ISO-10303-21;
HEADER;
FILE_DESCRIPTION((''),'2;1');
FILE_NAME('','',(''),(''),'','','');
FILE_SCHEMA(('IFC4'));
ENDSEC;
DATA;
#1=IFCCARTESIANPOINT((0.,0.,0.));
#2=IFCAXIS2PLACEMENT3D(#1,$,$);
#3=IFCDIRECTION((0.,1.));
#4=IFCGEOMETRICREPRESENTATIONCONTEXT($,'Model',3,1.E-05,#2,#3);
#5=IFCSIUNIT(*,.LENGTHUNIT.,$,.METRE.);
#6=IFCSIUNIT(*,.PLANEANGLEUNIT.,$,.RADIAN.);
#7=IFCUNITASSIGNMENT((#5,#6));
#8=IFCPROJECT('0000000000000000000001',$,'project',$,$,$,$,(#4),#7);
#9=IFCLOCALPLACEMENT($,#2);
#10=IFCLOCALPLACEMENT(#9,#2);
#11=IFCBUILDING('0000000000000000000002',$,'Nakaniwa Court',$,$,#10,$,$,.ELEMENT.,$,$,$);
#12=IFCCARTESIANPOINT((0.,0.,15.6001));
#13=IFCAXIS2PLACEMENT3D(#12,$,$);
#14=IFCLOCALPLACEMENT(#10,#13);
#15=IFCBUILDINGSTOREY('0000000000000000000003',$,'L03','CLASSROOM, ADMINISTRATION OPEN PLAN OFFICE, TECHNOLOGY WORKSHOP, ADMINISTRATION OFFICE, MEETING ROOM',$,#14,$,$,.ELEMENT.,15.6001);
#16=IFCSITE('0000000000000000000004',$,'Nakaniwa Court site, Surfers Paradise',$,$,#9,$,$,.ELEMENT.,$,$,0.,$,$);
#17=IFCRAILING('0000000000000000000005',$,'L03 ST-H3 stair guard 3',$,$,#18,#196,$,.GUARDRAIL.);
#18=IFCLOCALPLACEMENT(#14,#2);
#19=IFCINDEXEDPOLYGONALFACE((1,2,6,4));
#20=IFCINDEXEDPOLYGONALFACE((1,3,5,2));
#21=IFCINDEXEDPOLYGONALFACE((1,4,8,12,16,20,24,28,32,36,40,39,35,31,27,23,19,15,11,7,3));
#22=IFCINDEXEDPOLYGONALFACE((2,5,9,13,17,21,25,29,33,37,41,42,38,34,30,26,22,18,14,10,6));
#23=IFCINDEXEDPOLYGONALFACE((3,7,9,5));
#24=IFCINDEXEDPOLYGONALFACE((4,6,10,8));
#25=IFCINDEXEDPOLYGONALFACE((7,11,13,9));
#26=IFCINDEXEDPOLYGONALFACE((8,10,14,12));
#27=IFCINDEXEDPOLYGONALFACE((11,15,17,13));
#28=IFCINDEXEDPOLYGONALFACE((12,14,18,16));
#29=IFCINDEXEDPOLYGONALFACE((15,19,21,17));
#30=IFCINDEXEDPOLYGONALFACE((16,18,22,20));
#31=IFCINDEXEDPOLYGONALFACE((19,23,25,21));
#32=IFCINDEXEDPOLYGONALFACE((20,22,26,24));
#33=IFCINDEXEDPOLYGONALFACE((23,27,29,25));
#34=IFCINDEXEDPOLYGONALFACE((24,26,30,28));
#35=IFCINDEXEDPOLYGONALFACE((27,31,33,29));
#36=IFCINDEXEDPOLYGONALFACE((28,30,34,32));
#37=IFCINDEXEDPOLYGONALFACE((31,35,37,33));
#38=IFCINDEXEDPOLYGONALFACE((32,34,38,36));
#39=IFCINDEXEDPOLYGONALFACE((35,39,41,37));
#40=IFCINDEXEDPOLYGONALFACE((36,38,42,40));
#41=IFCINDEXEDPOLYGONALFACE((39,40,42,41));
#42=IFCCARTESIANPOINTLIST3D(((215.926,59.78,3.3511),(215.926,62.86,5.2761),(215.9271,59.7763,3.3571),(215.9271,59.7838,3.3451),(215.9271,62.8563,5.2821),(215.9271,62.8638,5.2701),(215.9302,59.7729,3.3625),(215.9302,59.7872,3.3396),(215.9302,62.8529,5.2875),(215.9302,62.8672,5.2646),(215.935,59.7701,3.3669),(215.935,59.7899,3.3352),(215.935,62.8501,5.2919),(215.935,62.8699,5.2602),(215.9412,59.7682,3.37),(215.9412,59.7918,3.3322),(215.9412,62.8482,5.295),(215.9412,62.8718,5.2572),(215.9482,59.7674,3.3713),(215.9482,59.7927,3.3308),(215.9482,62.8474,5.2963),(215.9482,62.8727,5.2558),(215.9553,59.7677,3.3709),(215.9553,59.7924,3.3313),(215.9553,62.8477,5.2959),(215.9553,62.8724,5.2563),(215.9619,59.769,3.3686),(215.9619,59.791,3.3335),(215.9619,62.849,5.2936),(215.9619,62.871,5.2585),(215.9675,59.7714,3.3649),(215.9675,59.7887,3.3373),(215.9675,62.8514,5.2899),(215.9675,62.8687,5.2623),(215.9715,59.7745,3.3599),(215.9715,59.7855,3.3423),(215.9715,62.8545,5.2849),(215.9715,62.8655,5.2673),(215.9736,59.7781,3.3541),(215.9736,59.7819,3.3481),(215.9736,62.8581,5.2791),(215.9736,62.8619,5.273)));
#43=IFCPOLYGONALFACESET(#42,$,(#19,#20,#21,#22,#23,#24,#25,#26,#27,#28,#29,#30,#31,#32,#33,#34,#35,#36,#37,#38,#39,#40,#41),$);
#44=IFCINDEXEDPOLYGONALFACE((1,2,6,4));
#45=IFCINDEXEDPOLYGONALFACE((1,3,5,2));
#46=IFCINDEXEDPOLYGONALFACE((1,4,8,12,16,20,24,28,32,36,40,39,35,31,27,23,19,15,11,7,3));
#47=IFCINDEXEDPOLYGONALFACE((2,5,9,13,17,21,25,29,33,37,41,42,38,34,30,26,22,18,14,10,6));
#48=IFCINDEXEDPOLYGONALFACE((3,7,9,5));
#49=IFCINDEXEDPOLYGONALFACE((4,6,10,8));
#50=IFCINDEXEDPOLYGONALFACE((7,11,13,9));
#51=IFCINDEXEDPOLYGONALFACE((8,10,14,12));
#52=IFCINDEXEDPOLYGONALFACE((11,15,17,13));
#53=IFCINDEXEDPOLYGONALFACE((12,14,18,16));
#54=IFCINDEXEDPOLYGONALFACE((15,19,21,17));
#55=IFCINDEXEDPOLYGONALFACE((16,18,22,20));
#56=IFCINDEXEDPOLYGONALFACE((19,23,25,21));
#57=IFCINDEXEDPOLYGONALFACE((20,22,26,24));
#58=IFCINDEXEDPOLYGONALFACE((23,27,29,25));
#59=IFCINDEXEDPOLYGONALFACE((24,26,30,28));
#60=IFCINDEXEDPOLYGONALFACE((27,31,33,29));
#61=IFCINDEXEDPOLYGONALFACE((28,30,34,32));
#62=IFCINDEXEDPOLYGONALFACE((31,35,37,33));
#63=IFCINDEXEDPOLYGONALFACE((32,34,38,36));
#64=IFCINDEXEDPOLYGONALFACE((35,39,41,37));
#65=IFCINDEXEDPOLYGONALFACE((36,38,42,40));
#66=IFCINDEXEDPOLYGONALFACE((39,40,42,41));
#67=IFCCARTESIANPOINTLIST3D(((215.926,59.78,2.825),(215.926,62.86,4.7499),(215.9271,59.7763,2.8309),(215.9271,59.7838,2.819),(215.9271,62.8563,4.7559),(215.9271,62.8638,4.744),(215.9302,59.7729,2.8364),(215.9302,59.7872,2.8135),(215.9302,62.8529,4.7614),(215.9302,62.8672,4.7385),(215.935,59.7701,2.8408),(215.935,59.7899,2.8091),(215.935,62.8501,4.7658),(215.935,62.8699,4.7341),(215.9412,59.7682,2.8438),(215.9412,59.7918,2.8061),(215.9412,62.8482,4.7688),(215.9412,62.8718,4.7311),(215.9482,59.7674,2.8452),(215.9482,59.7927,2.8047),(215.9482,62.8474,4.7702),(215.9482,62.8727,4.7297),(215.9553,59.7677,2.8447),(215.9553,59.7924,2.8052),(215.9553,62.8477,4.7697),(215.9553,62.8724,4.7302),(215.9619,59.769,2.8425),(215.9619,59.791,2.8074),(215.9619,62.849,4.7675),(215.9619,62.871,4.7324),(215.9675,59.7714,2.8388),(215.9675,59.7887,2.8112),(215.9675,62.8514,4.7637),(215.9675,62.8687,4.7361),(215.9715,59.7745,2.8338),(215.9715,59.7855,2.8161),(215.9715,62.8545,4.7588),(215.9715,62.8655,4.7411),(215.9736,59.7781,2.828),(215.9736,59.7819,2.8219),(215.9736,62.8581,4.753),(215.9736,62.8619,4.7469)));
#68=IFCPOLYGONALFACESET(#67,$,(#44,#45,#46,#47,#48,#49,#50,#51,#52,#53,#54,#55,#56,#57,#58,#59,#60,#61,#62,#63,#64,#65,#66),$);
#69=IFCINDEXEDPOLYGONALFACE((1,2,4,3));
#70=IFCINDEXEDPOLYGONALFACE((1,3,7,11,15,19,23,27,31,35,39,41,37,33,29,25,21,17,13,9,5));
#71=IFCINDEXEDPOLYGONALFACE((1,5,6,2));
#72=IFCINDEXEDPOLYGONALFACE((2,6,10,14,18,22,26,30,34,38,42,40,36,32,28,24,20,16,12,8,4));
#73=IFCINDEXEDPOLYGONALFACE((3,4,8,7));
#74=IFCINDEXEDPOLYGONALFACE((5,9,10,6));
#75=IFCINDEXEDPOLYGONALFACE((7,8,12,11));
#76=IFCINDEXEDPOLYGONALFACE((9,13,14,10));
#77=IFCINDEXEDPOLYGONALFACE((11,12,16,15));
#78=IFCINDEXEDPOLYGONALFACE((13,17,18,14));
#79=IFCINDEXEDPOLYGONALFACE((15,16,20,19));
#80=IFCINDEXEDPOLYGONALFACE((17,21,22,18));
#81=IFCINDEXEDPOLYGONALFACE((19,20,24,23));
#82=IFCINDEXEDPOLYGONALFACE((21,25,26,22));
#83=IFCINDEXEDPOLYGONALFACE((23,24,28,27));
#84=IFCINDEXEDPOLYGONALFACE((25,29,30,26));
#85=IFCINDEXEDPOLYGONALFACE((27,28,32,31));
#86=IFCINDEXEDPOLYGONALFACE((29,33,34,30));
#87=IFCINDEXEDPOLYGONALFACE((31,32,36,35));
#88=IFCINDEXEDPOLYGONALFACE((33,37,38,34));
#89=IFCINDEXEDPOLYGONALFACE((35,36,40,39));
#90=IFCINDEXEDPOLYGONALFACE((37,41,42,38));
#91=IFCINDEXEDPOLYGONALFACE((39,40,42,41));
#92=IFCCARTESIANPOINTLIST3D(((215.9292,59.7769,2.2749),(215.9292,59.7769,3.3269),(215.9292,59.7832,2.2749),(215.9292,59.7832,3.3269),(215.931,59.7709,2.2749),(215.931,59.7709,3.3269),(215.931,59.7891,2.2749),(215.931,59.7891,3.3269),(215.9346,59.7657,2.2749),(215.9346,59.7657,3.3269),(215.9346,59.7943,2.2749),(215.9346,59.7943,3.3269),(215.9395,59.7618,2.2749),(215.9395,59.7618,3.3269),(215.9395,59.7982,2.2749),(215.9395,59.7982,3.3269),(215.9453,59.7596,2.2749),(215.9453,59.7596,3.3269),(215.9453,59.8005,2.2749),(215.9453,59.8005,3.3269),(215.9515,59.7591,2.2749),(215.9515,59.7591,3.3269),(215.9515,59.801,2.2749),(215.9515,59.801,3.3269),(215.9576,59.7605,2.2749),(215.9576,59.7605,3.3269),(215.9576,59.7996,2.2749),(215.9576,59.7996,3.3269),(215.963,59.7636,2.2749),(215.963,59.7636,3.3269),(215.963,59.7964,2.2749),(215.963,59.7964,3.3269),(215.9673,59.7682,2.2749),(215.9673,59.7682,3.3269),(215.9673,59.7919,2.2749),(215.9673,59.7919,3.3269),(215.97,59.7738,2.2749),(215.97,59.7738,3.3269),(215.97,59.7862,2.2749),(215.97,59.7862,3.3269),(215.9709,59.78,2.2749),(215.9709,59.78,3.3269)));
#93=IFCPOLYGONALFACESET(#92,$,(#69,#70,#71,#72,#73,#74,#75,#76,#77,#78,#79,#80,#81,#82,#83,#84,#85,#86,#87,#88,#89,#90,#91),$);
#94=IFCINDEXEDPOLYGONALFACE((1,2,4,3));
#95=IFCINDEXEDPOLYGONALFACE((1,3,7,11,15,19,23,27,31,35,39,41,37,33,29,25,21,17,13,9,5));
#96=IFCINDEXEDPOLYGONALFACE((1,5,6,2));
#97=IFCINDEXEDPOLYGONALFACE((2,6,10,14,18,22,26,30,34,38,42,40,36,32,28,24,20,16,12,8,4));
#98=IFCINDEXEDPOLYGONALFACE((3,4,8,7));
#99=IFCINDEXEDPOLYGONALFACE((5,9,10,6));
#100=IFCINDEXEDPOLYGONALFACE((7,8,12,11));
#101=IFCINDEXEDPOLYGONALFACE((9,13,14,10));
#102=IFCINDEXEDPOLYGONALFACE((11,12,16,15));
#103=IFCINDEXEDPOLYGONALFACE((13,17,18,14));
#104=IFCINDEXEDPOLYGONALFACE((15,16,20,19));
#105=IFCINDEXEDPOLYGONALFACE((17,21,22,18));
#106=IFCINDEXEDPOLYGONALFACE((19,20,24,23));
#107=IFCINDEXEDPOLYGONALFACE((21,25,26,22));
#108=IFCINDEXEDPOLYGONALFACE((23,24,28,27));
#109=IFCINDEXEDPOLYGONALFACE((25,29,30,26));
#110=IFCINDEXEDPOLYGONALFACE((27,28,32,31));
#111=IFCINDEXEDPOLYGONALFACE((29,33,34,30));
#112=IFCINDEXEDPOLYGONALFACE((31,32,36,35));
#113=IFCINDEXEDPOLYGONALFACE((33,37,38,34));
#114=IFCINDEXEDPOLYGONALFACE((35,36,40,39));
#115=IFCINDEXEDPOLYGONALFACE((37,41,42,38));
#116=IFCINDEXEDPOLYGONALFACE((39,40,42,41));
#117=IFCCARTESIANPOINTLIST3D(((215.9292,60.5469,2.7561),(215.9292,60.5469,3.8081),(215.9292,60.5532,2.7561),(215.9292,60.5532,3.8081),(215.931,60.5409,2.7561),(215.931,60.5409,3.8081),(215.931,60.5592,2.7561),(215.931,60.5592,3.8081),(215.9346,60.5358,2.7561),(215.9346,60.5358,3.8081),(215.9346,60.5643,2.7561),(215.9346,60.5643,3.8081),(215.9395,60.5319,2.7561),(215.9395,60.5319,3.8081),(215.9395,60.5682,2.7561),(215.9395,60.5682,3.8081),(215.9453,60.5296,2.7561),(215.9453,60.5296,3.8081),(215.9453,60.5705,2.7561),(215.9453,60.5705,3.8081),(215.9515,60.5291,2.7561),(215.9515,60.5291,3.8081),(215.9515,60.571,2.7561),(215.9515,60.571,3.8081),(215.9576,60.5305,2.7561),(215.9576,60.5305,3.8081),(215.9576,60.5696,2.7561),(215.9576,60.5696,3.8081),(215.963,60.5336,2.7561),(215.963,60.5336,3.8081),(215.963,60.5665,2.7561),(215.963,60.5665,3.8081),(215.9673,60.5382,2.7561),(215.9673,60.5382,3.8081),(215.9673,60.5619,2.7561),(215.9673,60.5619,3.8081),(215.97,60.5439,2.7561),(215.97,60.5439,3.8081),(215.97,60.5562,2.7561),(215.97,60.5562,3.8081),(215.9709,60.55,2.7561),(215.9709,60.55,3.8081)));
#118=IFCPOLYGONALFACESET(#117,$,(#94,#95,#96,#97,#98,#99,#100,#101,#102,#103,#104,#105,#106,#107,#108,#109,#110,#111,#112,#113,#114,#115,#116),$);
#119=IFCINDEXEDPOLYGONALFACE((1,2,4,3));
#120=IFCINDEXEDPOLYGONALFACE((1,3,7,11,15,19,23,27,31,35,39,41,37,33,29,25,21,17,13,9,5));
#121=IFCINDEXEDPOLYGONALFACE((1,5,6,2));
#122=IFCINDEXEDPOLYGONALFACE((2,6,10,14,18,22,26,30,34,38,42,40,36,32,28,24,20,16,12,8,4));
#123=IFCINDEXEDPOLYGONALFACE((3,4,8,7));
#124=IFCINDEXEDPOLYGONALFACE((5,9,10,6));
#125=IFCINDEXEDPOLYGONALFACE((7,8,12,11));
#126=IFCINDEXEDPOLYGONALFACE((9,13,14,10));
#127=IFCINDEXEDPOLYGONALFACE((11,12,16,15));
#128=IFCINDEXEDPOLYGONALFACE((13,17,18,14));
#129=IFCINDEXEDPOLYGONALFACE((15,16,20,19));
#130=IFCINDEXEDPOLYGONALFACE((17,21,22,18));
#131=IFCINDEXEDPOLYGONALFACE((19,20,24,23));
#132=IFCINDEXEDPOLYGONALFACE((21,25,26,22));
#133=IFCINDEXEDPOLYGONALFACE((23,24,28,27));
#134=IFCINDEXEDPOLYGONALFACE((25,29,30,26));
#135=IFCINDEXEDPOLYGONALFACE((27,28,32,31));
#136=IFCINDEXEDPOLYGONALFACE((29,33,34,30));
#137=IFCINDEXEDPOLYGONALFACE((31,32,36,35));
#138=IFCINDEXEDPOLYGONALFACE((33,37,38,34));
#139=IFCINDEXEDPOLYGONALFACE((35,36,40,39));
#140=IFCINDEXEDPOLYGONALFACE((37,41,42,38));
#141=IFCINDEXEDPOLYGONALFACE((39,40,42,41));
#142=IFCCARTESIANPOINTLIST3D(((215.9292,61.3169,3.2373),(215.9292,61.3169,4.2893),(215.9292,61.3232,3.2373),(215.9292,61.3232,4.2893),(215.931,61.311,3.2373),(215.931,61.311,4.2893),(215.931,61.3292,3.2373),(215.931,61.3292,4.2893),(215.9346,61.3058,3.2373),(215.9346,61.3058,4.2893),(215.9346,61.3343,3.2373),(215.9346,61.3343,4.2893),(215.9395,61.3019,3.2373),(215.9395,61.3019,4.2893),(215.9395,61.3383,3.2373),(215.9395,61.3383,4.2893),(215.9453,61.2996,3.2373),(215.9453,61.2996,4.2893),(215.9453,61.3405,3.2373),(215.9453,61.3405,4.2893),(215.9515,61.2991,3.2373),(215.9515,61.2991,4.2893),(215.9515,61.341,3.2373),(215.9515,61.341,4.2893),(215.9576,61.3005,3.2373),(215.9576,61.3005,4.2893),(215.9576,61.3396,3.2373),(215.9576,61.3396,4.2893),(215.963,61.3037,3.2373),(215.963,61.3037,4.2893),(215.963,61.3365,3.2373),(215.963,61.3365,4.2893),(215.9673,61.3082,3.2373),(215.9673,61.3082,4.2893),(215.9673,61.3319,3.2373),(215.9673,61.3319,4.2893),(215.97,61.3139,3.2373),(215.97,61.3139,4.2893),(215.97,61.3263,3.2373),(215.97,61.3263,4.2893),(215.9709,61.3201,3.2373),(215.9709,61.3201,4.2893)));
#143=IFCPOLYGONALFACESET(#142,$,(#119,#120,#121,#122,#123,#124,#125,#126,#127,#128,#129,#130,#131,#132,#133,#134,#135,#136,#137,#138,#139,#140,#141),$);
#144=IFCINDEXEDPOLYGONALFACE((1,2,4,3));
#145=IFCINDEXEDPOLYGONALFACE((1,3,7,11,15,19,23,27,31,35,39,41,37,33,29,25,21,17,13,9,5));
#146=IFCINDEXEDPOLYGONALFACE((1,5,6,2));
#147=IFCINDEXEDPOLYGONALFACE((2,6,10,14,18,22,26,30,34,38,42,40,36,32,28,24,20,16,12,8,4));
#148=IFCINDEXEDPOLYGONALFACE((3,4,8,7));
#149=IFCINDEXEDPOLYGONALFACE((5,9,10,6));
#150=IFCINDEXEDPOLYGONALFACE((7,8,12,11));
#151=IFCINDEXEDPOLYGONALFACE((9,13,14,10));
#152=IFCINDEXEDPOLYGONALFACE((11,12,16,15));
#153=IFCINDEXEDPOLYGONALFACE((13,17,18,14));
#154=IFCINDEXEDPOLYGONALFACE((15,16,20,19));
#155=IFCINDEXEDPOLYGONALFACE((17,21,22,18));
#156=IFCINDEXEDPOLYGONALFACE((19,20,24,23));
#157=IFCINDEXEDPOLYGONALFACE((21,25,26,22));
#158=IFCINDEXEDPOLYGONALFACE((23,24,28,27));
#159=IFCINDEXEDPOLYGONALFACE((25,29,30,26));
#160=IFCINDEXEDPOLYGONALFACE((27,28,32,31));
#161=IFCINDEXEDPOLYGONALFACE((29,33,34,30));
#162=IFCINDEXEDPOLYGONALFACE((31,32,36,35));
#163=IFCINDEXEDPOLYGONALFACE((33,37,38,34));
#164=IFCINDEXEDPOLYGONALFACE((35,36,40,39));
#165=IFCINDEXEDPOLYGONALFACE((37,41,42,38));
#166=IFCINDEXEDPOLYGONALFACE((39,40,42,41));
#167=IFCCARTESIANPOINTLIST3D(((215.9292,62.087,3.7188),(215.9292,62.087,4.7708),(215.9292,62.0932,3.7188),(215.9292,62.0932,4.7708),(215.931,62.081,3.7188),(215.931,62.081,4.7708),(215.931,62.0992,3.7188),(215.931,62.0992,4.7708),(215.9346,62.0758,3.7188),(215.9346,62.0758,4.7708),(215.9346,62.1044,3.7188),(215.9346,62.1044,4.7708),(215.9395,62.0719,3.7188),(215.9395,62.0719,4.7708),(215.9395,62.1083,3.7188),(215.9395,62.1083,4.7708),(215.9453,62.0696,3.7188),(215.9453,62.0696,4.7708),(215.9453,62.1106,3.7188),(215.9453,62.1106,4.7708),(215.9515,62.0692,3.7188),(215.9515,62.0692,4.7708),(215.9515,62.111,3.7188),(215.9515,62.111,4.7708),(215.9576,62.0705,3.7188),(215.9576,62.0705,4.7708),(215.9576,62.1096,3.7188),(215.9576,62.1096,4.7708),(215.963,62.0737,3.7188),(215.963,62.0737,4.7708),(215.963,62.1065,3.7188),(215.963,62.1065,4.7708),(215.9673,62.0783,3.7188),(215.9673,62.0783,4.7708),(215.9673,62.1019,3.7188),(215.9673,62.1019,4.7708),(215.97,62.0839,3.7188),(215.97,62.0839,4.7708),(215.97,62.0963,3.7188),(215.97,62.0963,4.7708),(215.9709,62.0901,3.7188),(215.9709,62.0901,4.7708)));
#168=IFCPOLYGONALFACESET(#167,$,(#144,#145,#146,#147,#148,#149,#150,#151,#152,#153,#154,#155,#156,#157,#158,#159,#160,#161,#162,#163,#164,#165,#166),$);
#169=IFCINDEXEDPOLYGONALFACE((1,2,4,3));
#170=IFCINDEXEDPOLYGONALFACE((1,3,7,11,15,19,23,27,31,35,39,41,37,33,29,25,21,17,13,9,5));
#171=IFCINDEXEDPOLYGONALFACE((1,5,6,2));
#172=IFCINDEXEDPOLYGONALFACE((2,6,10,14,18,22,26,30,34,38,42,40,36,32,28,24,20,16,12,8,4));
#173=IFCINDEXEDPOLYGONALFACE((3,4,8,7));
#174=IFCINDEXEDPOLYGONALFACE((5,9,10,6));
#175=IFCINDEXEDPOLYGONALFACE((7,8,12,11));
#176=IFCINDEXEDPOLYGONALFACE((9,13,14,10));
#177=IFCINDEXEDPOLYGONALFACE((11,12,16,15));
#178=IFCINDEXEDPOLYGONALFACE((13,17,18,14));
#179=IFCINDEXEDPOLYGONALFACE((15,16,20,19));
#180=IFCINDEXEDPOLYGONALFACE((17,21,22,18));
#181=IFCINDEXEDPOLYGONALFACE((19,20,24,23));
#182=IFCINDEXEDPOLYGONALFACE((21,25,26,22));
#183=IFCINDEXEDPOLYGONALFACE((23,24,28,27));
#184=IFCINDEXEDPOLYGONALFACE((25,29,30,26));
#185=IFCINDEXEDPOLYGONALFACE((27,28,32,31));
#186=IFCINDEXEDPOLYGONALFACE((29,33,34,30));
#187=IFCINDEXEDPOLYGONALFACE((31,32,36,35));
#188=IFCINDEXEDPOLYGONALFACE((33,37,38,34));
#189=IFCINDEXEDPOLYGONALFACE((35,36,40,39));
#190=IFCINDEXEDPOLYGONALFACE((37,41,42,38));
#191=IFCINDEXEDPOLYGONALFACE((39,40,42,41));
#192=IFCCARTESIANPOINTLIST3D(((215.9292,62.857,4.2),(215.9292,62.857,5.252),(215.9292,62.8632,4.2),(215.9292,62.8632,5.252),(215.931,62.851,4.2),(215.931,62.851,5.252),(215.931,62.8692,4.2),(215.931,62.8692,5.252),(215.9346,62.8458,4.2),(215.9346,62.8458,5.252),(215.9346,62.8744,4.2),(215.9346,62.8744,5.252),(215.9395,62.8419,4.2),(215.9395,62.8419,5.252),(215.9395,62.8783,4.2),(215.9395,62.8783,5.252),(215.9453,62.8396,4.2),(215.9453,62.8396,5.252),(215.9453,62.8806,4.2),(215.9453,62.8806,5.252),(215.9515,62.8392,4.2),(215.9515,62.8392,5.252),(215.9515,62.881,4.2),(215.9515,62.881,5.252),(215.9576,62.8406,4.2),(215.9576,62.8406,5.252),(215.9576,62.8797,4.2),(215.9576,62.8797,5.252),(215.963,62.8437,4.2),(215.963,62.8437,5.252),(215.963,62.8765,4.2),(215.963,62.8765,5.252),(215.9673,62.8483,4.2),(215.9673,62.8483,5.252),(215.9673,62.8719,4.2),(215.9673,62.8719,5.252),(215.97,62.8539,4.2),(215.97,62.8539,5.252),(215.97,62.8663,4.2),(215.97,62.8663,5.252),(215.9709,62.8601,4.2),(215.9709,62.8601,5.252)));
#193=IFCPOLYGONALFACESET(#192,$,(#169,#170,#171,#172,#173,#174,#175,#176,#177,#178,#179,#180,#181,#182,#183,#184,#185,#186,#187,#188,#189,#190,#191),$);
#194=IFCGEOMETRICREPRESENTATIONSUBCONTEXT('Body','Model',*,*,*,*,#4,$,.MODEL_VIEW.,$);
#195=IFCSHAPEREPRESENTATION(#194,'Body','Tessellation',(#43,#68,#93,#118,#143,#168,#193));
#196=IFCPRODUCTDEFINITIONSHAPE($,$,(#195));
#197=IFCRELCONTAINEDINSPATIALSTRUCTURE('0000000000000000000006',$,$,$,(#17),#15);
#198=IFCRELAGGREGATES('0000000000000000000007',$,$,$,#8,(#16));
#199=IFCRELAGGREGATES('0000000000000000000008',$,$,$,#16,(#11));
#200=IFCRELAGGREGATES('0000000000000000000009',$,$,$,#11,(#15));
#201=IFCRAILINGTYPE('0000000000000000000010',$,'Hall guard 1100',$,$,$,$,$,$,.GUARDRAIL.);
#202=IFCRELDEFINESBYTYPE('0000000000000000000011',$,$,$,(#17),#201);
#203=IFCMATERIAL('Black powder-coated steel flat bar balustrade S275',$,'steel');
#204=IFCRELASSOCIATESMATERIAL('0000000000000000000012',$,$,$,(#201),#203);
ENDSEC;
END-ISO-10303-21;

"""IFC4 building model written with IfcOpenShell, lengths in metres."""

from ifc_helpers import new_model, si_unit, direction, frame, origin, origin_2d, place, context, subcontext, project, spatial, circle, extrude, material, type_object, element, save


model = new_model("IFC4")

# Units and contexts
model_context = context("Model", 3, precision=1e-05, world=origin(), true_north=direction((0.0, 1.0)))
body_context = subcontext(model_context, "Body", "Model", "MODEL_VIEW")
ifc_project = project(units=[si_unit("LENGTHUNIT", "METRE"), si_unit("PLANEANGLEUNIT", "RADIAN")], contexts=[model_context])

# Site, building, storey
site_placement = place(None, origin())
site = spatial("IfcSite", under=ifc_project, at=site_placement, Name="Nakaniwa Court site, Surfers Paradise", CompositionType="ELEMENT", RefElevation=0.0)
building_placement = place(site_placement, origin())
building = spatial("IfcBuilding", under=site, at=building_placement, Name="Nakaniwa Court", CompositionType="ELEMENT")
storey_placement = place(building_placement, frame((0.0, 0.0, 15.6001)))
storey = spatial("IfcBuildingStorey", under=building, at=storey_placement, Name="L03", Description="CLASSROOM, ADMINISTRATION OPEN PLAN OFFICE, TECHNOLOGY WORKSHOP, ADMINISTRATION OFFICE, MEETING ROOM", CompositionType="ELEMENT", Elevation=15.6001)

# Railing
ifc_material_1 = material(Name="Black powder-coated steel flat bar balustrade S275", Category="steel")
railing_type_1 = type_object("IfcRailingType", Name="Hall guard 1100", PredefinedType="GUARDRAIL", material=ifc_material_1)
railing_1_placement = place(storey_placement, frame((215.95, 59.78, 2.2749)))
element("IfcRailing", 1, at=railing_1_placement, inside=storey, type_object=railing_type_1, Name="L03 ST-H3 stair guard 3", PredefinedType="GUARDRAIL", context=body_context, shape_type="SweptSolid", body=[
    extrude(circle(Radius=0.0239, at=origin_2d()), frame((0.0, 0.0, 1.0762), z_axis=(0.0, 0.847998, 0.529999), x_axis=(-1.0, 0.0, 0.0)), (0.0, 0.0, 1.0), 3.6321),
    extrude(circle(Radius=0.0239, at=origin_2d()), frame((0.0, 0.0, 0.55), z_axis=(0.0, 0.847998, 0.529999), x_axis=(-1.0, 0.0, 0.0)), (0.0, 0.0, 1.0), 3.6321),
    extrude(circle(Radius=0.021, at=origin_2d()), origin(), (0.0, 0.0, 1.0), 1.052),
    extrude(circle(Radius=0.021, at=origin_2d()), frame((0.0, 0.77, 0.4812)), (0.0, 0.0, 1.0), 1.052),
    extrude(circle(Radius=0.021, at=origin_2d()), frame((0.0, 1.54, 0.9624)), (0.0, 0.0, 1.0), 1.052),
    extrude(circle(Radius=0.021, at=origin_2d()), frame((0.0, 2.3101, 1.4438)), (0.0, 0.0, 1.0), 1.052),
    extrude(circle(Radius=0.021, at=origin_2d()), frame((0.0, 3.0801, 1.925)), (0.0, 0.0, 1.0), 1.052),
])

save(model, "model.ifc")
